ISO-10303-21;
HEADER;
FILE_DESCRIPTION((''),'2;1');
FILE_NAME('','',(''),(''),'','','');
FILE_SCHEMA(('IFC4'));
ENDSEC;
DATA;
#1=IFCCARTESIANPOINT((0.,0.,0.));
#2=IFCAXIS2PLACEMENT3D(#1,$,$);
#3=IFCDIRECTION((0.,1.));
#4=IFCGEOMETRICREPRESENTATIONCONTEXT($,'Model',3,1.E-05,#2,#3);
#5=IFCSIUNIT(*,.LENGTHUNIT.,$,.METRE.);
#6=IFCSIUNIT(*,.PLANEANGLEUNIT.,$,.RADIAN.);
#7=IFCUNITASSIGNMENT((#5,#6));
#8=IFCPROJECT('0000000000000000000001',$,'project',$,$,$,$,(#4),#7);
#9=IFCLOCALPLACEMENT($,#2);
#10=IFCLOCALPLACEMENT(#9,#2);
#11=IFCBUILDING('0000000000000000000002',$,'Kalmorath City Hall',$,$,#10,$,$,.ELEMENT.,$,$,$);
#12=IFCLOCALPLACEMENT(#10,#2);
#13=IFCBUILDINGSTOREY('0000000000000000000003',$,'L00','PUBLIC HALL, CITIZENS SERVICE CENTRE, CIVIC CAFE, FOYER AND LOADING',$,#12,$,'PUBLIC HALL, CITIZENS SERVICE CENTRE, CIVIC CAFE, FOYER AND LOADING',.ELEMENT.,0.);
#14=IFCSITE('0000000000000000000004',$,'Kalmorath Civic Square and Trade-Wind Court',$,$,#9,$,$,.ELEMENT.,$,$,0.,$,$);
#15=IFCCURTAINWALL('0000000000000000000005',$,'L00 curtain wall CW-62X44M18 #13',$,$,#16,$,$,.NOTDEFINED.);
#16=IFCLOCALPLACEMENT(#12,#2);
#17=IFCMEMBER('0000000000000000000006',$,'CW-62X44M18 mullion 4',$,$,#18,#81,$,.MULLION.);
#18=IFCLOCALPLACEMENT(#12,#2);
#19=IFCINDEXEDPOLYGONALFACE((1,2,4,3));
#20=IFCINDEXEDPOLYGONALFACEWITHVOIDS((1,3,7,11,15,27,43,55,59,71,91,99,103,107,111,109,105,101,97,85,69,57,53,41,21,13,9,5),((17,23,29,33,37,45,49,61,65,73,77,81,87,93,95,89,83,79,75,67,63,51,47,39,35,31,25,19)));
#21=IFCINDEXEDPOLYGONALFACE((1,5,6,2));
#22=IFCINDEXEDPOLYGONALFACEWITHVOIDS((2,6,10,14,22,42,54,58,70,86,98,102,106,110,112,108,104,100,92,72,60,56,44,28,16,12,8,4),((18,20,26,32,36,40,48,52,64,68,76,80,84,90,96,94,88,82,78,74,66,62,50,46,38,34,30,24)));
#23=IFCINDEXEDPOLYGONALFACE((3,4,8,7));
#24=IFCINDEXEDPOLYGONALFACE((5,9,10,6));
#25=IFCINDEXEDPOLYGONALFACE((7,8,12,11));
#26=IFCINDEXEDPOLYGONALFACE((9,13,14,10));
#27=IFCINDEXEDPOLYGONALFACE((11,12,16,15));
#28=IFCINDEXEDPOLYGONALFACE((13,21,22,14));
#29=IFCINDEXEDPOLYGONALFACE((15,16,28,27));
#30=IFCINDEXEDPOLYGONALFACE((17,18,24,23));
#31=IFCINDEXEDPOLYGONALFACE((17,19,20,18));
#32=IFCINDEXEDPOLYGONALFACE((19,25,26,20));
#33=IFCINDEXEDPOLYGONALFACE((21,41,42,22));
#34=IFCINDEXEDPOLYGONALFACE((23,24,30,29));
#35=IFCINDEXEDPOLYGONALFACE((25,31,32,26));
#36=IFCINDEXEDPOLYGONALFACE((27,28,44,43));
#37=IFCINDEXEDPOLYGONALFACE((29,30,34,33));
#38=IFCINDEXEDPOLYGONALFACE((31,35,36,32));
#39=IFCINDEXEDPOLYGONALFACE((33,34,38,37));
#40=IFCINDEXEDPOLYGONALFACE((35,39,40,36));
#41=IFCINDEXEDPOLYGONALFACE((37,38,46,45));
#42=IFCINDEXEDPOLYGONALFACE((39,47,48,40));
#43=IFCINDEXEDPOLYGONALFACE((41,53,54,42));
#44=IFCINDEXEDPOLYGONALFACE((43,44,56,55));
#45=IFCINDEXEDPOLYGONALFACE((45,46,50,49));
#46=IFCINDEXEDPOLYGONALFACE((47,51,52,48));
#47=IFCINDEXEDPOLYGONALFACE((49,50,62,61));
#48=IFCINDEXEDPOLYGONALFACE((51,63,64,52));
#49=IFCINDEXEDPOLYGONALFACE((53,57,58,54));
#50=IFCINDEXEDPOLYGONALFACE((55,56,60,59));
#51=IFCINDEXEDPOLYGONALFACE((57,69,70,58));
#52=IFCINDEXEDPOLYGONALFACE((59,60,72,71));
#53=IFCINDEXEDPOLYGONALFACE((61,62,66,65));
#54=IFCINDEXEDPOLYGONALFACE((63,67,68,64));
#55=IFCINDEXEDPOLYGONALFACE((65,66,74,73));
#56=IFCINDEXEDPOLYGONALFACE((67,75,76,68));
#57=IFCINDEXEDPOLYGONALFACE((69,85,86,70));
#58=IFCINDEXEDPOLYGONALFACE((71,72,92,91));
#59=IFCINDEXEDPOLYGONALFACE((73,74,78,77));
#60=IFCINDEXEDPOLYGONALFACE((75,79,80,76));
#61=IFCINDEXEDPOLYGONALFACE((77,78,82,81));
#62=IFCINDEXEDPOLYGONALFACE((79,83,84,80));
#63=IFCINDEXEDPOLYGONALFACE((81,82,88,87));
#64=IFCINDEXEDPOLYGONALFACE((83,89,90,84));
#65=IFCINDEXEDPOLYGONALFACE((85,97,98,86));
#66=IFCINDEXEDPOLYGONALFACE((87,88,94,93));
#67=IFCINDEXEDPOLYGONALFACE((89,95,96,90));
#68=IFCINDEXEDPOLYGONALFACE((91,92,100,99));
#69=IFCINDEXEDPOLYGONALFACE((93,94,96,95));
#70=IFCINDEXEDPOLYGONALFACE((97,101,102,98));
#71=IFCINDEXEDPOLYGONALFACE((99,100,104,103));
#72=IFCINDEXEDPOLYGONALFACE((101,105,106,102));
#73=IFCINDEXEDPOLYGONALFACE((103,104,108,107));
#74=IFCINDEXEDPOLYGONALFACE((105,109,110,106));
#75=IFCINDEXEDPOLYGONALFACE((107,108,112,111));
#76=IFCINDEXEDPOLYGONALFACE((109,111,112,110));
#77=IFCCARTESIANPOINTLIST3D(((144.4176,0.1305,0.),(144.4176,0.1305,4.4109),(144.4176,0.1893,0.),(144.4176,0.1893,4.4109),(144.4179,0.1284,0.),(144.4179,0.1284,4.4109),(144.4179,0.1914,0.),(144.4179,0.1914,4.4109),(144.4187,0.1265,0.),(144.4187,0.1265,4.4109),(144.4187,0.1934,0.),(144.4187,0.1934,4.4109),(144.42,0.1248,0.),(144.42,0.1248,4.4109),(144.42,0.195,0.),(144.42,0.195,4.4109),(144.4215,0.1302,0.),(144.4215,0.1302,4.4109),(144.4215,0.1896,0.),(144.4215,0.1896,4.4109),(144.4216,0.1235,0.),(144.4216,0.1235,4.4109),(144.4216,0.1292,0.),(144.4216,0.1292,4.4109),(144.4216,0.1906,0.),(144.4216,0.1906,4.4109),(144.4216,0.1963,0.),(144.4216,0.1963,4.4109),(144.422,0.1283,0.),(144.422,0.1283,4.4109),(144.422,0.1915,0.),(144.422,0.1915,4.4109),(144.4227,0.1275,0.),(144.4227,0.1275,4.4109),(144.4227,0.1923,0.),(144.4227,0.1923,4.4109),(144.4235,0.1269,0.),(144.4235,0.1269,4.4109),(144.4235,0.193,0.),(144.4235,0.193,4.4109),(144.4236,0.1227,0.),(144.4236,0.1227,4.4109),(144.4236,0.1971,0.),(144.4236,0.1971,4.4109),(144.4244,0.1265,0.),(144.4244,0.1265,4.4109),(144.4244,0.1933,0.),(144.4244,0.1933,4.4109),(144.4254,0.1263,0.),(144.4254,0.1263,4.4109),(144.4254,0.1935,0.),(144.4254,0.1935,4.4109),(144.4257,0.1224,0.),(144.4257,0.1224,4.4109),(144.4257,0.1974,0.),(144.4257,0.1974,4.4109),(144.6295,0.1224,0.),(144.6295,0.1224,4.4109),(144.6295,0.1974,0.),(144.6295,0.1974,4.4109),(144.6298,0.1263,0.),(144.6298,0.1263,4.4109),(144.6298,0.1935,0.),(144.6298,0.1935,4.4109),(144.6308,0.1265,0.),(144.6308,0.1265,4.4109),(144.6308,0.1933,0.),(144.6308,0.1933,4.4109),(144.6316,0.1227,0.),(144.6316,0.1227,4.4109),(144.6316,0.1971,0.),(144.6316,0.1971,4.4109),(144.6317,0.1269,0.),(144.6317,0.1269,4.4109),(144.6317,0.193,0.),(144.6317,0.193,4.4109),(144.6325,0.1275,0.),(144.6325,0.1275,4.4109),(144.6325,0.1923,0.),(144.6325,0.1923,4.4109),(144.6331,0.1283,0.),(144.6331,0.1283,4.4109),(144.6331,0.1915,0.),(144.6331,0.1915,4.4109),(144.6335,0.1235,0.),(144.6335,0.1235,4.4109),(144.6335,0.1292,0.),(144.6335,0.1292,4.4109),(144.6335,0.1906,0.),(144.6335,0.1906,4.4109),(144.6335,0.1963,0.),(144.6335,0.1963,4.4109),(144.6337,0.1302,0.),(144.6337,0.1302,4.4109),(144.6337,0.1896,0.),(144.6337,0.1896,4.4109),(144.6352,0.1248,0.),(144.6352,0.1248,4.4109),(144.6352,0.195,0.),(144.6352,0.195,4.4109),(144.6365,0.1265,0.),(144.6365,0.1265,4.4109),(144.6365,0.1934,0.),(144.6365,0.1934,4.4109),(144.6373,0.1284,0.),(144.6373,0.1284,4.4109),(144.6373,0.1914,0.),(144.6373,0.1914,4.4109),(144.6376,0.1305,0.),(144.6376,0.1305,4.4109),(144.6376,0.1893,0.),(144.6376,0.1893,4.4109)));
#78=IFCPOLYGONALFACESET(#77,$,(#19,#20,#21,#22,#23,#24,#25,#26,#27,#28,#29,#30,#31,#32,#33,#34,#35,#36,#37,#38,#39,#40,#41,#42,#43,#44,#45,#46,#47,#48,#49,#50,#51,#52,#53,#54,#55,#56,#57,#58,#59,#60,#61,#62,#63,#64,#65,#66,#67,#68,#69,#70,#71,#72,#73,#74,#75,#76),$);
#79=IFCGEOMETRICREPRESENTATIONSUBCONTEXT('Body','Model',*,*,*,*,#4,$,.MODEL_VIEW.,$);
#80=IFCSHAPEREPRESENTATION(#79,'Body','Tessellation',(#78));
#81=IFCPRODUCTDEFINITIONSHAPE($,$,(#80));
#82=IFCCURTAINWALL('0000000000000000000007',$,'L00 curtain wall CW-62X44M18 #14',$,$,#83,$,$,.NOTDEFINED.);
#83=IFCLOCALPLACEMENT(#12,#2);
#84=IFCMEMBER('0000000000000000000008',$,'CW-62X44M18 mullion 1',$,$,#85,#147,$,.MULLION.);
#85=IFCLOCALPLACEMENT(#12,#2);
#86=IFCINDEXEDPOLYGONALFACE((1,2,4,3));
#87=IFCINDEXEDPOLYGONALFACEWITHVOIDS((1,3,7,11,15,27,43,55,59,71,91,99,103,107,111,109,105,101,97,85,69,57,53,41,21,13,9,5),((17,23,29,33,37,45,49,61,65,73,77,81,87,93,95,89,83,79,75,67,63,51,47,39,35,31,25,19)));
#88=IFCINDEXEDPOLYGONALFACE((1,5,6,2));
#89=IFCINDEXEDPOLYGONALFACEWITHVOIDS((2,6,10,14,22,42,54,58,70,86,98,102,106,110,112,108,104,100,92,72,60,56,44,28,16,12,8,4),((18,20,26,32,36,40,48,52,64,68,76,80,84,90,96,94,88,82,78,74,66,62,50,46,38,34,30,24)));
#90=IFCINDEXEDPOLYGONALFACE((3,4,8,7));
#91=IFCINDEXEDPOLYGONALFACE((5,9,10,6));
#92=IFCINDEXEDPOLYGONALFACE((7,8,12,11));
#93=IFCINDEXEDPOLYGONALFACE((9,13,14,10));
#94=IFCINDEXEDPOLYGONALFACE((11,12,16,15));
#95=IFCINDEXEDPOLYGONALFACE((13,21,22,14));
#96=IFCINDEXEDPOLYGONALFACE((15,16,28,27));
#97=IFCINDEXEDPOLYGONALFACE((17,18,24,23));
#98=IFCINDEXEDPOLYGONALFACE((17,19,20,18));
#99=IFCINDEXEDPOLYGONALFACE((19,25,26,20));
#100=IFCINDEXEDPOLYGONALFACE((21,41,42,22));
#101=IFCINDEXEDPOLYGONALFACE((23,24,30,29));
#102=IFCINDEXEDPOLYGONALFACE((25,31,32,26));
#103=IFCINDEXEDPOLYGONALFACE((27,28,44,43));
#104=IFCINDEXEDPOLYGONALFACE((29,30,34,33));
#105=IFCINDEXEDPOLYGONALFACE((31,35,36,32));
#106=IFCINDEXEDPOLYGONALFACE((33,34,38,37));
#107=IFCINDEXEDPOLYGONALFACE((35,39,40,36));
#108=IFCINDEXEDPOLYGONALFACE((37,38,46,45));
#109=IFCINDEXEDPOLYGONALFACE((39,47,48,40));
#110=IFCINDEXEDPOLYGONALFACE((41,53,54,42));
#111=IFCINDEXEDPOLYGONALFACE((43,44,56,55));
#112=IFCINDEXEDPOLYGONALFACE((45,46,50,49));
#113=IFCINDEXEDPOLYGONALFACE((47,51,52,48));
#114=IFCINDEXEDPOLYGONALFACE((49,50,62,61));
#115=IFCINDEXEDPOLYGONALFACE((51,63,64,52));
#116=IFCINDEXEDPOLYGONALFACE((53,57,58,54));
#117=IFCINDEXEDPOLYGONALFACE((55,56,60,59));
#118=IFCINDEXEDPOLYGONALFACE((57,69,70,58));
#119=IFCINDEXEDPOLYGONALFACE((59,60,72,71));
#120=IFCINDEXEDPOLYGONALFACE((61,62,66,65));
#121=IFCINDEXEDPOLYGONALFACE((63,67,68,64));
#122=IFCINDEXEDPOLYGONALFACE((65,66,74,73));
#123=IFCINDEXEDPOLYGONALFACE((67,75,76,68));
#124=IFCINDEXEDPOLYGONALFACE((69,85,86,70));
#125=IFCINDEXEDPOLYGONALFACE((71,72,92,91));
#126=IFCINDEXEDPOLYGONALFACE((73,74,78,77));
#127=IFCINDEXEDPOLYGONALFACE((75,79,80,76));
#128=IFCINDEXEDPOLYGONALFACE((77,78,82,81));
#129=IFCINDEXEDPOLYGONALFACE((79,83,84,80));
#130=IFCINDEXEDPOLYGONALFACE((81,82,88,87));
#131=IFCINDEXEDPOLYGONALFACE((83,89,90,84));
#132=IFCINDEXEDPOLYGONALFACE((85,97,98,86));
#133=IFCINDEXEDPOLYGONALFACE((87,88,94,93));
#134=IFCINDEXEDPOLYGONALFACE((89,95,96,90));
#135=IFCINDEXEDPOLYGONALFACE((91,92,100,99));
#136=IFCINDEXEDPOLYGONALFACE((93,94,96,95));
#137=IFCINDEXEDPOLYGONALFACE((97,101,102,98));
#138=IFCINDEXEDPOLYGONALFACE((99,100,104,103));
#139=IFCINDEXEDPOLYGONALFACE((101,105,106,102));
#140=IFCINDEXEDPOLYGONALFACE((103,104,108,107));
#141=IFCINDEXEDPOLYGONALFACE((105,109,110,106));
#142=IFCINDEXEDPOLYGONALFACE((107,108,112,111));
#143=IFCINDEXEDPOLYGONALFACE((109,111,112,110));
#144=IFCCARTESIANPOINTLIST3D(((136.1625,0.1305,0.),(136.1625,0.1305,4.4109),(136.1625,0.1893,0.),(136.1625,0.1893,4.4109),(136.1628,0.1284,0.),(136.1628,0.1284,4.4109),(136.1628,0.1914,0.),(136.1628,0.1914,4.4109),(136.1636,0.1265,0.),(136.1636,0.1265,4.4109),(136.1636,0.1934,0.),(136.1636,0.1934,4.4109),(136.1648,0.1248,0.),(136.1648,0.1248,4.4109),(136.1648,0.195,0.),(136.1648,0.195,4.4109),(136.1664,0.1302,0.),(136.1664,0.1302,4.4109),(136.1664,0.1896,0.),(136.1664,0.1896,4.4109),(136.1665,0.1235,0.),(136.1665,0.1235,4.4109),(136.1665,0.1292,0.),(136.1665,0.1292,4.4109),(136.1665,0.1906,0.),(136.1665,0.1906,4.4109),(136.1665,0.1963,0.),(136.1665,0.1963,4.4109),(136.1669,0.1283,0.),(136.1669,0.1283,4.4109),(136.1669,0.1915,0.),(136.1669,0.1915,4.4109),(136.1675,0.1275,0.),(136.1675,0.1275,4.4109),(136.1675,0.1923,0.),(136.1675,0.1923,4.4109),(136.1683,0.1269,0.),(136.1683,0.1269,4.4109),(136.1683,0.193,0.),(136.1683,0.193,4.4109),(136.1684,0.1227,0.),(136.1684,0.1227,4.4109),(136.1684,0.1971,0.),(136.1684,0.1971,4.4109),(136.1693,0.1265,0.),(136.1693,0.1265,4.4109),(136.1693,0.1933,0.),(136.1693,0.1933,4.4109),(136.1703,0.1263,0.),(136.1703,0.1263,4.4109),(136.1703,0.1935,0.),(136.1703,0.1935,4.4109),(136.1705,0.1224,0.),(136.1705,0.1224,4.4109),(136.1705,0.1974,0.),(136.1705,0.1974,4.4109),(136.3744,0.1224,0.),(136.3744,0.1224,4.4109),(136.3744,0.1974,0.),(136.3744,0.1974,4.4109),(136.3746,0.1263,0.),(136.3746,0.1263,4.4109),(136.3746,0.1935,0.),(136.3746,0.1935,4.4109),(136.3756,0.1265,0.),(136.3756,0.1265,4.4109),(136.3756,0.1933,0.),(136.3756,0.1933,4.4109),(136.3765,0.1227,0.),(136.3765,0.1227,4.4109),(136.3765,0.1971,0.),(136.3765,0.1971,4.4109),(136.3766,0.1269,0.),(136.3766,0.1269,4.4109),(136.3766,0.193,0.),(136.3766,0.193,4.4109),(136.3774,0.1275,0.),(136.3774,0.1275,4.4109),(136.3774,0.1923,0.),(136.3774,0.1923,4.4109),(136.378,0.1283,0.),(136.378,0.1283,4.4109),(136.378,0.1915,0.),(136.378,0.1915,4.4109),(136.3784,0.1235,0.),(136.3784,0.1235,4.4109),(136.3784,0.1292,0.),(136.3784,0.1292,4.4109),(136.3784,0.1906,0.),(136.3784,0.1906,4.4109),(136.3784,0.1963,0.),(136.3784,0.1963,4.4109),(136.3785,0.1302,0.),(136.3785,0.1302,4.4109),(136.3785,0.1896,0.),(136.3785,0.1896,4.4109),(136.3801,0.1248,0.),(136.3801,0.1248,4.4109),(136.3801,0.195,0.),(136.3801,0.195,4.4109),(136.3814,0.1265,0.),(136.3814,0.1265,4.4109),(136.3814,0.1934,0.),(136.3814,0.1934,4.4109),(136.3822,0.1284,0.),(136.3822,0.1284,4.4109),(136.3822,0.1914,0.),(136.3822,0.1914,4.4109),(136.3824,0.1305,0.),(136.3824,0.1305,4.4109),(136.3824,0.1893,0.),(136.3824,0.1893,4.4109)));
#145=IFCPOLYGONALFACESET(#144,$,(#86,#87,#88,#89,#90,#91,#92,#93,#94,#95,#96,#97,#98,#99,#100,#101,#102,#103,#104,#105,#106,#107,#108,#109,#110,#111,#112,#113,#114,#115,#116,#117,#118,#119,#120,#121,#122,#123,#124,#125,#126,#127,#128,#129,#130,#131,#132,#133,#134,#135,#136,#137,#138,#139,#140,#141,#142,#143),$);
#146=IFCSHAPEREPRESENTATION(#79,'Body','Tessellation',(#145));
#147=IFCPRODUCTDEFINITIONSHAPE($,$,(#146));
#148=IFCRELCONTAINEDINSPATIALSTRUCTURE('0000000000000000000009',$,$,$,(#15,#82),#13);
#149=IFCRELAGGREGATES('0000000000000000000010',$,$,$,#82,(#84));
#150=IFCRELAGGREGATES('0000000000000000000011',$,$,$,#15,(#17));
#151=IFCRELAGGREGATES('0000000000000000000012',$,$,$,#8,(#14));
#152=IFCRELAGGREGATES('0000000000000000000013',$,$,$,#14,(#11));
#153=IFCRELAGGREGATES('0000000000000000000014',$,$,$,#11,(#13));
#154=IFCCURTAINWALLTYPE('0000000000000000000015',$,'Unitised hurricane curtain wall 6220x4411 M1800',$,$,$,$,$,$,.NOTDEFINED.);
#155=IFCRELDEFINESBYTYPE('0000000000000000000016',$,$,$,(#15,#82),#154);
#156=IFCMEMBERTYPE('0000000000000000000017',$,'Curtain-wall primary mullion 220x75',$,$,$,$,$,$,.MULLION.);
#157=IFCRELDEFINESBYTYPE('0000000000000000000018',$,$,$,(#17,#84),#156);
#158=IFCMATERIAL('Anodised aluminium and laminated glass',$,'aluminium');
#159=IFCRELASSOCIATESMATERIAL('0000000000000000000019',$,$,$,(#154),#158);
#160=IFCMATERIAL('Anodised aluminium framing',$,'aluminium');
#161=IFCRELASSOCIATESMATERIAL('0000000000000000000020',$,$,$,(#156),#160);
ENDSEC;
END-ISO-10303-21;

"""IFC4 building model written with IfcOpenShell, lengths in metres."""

from ifc_helpers import new_model, si_unit, direction, frame, origin, origin_2d, place, context, subcontext, project, spatial, hollow_rectangle, extrude, material, material_profile, profile_set, type_object, element, aggregate, save


model = new_model("IFC4")

# Units and contexts
model_context = context("Model", 3, precision=1e-05, world=origin(), true_north=direction((0.0, 1.0)))
body_context = subcontext(model_context, "Body", "Model", "MODEL_VIEW")
ifc_project = project(units=[si_unit("LENGTHUNIT", "METRE"), si_unit("PLANEANGLEUNIT", "RADIAN")], contexts=[model_context])

# Site, building, storey
site_placement = place(None, origin())
site = spatial("IfcSite", under=ifc_project, at=site_placement, Name="Kalmorath Civic Square and Trade-Wind Court", CompositionType="ELEMENT", RefElevation=0.0)
building_placement = place(site_placement, origin())
building = spatial("IfcBuilding", under=site, at=building_placement, Name="Kalmorath City Hall", CompositionType="ELEMENT")
storey_placement = place(building_placement, origin())
storey = spatial("IfcBuildingStorey", under=building, at=storey_placement, Name="L00", Description="PUBLIC HALL, CITIZENS SERVICE CENTRE, CIVIC CAFE, FOYER AND LOADING", LongName="PUBLIC HALL, CITIZENS SERVICE CENTRE, CIVIC CAFE, FOYER AND LOADING", CompositionType="ELEMENT", Elevation=0.0)

# Curtain wall, member
ifc_material_1 = material(Name="Anodised aluminium and laminated glass", Category="aluminium")
curtain_wall_type = type_object("IfcCurtainWallType", Name="Unitised hurricane curtain wall 6220x4411 M1800", PredefinedType="NOTDEFINED", material=ifc_material_1)
curtain_wall_1_placement = place(storey_placement, origin())
curtain_wall_1 = element("IfcCurtainWall", 1, at=curtain_wall_1_placement, inside=storey, type_object=curtain_wall_type, Name="L00 curtain wall CW-62X44M18 #13", PredefinedType="NOTDEFINED")
ifc_material_2 = material(Name="Anodised aluminium framing", Category="aluminium")
ifc_material_profile_1 = material_profile(ifc_material_2, hollow_rectangle(XDim=0.075, YDim=0.22, WallThickness=0.0039, InnerFilletRadius=0.0039, OuterFilletRadius=0.0081, at=origin_2d()), Name="ALU-MUL-220X75X4")
ifc_profile_set_1 = profile_set([ifc_material_profile_1], Name="Anodised aluminium framing")
member_type_1 = type_object("IfcMemberType", Name="Curtain-wall primary mullion 220x75", PredefinedType="MULLION", material=ifc_profile_set_1)
member_1_placement = place(storey_placement, frame((144.5276, 0.1599, 0.0), z_axis=(0.0, 0.0, 1.0), x_axis=(0.0, -1.0, 0.0)))
member_1 = element("IfcMember", 2, at=member_1_placement, type_object=member_type_1, Name="CW-62X44M18 mullion 4", PredefinedType="MULLION", context=body_context, shape_type="SweptSolid", body=[
    extrude(hollow_rectangle(XDim=0.075, YDim=0.22, WallThickness=0.0039, InnerFilletRadius=0.0039, OuterFilletRadius=0.0081, at=origin_2d()), origin(), (0.0, 0.0, 1.0), 4.4109),
])

# Curtain wall, member
curtain_wall_2_placement = place(storey_placement, origin())
curtain_wall_2 = element("IfcCurtainWall", 3, at=curtain_wall_2_placement, inside=storey, type_object=curtain_wall_type, Name="L00 curtain wall CW-62X44M18 #14", PredefinedType="NOTDEFINED")
member_2_placement = place(storey_placement, frame((136.2725, 0.1599, 0.0), z_axis=(0.0, 0.0, 1.0), x_axis=(0.0, -1.0, 0.0)))
member_2 = element("IfcMember", 4, at=member_2_placement, type_object=member_type_1, Name="CW-62X44M18 mullion 1", PredefinedType="MULLION", context=body_context, shape_type="SweptSolid", body=[
    extrude(hollow_rectangle(XDim=0.075, YDim=0.22, WallThickness=0.0039, InnerFilletRadius=0.0039, OuterFilletRadius=0.0081, at=origin_2d()), origin(), (0.0, 0.0, 1.0), 4.4109),
])

aggregate(curtain_wall_2, [member_2])

aggregate(curtain_wall_1, [member_1])

save(model, "model.ifc")
